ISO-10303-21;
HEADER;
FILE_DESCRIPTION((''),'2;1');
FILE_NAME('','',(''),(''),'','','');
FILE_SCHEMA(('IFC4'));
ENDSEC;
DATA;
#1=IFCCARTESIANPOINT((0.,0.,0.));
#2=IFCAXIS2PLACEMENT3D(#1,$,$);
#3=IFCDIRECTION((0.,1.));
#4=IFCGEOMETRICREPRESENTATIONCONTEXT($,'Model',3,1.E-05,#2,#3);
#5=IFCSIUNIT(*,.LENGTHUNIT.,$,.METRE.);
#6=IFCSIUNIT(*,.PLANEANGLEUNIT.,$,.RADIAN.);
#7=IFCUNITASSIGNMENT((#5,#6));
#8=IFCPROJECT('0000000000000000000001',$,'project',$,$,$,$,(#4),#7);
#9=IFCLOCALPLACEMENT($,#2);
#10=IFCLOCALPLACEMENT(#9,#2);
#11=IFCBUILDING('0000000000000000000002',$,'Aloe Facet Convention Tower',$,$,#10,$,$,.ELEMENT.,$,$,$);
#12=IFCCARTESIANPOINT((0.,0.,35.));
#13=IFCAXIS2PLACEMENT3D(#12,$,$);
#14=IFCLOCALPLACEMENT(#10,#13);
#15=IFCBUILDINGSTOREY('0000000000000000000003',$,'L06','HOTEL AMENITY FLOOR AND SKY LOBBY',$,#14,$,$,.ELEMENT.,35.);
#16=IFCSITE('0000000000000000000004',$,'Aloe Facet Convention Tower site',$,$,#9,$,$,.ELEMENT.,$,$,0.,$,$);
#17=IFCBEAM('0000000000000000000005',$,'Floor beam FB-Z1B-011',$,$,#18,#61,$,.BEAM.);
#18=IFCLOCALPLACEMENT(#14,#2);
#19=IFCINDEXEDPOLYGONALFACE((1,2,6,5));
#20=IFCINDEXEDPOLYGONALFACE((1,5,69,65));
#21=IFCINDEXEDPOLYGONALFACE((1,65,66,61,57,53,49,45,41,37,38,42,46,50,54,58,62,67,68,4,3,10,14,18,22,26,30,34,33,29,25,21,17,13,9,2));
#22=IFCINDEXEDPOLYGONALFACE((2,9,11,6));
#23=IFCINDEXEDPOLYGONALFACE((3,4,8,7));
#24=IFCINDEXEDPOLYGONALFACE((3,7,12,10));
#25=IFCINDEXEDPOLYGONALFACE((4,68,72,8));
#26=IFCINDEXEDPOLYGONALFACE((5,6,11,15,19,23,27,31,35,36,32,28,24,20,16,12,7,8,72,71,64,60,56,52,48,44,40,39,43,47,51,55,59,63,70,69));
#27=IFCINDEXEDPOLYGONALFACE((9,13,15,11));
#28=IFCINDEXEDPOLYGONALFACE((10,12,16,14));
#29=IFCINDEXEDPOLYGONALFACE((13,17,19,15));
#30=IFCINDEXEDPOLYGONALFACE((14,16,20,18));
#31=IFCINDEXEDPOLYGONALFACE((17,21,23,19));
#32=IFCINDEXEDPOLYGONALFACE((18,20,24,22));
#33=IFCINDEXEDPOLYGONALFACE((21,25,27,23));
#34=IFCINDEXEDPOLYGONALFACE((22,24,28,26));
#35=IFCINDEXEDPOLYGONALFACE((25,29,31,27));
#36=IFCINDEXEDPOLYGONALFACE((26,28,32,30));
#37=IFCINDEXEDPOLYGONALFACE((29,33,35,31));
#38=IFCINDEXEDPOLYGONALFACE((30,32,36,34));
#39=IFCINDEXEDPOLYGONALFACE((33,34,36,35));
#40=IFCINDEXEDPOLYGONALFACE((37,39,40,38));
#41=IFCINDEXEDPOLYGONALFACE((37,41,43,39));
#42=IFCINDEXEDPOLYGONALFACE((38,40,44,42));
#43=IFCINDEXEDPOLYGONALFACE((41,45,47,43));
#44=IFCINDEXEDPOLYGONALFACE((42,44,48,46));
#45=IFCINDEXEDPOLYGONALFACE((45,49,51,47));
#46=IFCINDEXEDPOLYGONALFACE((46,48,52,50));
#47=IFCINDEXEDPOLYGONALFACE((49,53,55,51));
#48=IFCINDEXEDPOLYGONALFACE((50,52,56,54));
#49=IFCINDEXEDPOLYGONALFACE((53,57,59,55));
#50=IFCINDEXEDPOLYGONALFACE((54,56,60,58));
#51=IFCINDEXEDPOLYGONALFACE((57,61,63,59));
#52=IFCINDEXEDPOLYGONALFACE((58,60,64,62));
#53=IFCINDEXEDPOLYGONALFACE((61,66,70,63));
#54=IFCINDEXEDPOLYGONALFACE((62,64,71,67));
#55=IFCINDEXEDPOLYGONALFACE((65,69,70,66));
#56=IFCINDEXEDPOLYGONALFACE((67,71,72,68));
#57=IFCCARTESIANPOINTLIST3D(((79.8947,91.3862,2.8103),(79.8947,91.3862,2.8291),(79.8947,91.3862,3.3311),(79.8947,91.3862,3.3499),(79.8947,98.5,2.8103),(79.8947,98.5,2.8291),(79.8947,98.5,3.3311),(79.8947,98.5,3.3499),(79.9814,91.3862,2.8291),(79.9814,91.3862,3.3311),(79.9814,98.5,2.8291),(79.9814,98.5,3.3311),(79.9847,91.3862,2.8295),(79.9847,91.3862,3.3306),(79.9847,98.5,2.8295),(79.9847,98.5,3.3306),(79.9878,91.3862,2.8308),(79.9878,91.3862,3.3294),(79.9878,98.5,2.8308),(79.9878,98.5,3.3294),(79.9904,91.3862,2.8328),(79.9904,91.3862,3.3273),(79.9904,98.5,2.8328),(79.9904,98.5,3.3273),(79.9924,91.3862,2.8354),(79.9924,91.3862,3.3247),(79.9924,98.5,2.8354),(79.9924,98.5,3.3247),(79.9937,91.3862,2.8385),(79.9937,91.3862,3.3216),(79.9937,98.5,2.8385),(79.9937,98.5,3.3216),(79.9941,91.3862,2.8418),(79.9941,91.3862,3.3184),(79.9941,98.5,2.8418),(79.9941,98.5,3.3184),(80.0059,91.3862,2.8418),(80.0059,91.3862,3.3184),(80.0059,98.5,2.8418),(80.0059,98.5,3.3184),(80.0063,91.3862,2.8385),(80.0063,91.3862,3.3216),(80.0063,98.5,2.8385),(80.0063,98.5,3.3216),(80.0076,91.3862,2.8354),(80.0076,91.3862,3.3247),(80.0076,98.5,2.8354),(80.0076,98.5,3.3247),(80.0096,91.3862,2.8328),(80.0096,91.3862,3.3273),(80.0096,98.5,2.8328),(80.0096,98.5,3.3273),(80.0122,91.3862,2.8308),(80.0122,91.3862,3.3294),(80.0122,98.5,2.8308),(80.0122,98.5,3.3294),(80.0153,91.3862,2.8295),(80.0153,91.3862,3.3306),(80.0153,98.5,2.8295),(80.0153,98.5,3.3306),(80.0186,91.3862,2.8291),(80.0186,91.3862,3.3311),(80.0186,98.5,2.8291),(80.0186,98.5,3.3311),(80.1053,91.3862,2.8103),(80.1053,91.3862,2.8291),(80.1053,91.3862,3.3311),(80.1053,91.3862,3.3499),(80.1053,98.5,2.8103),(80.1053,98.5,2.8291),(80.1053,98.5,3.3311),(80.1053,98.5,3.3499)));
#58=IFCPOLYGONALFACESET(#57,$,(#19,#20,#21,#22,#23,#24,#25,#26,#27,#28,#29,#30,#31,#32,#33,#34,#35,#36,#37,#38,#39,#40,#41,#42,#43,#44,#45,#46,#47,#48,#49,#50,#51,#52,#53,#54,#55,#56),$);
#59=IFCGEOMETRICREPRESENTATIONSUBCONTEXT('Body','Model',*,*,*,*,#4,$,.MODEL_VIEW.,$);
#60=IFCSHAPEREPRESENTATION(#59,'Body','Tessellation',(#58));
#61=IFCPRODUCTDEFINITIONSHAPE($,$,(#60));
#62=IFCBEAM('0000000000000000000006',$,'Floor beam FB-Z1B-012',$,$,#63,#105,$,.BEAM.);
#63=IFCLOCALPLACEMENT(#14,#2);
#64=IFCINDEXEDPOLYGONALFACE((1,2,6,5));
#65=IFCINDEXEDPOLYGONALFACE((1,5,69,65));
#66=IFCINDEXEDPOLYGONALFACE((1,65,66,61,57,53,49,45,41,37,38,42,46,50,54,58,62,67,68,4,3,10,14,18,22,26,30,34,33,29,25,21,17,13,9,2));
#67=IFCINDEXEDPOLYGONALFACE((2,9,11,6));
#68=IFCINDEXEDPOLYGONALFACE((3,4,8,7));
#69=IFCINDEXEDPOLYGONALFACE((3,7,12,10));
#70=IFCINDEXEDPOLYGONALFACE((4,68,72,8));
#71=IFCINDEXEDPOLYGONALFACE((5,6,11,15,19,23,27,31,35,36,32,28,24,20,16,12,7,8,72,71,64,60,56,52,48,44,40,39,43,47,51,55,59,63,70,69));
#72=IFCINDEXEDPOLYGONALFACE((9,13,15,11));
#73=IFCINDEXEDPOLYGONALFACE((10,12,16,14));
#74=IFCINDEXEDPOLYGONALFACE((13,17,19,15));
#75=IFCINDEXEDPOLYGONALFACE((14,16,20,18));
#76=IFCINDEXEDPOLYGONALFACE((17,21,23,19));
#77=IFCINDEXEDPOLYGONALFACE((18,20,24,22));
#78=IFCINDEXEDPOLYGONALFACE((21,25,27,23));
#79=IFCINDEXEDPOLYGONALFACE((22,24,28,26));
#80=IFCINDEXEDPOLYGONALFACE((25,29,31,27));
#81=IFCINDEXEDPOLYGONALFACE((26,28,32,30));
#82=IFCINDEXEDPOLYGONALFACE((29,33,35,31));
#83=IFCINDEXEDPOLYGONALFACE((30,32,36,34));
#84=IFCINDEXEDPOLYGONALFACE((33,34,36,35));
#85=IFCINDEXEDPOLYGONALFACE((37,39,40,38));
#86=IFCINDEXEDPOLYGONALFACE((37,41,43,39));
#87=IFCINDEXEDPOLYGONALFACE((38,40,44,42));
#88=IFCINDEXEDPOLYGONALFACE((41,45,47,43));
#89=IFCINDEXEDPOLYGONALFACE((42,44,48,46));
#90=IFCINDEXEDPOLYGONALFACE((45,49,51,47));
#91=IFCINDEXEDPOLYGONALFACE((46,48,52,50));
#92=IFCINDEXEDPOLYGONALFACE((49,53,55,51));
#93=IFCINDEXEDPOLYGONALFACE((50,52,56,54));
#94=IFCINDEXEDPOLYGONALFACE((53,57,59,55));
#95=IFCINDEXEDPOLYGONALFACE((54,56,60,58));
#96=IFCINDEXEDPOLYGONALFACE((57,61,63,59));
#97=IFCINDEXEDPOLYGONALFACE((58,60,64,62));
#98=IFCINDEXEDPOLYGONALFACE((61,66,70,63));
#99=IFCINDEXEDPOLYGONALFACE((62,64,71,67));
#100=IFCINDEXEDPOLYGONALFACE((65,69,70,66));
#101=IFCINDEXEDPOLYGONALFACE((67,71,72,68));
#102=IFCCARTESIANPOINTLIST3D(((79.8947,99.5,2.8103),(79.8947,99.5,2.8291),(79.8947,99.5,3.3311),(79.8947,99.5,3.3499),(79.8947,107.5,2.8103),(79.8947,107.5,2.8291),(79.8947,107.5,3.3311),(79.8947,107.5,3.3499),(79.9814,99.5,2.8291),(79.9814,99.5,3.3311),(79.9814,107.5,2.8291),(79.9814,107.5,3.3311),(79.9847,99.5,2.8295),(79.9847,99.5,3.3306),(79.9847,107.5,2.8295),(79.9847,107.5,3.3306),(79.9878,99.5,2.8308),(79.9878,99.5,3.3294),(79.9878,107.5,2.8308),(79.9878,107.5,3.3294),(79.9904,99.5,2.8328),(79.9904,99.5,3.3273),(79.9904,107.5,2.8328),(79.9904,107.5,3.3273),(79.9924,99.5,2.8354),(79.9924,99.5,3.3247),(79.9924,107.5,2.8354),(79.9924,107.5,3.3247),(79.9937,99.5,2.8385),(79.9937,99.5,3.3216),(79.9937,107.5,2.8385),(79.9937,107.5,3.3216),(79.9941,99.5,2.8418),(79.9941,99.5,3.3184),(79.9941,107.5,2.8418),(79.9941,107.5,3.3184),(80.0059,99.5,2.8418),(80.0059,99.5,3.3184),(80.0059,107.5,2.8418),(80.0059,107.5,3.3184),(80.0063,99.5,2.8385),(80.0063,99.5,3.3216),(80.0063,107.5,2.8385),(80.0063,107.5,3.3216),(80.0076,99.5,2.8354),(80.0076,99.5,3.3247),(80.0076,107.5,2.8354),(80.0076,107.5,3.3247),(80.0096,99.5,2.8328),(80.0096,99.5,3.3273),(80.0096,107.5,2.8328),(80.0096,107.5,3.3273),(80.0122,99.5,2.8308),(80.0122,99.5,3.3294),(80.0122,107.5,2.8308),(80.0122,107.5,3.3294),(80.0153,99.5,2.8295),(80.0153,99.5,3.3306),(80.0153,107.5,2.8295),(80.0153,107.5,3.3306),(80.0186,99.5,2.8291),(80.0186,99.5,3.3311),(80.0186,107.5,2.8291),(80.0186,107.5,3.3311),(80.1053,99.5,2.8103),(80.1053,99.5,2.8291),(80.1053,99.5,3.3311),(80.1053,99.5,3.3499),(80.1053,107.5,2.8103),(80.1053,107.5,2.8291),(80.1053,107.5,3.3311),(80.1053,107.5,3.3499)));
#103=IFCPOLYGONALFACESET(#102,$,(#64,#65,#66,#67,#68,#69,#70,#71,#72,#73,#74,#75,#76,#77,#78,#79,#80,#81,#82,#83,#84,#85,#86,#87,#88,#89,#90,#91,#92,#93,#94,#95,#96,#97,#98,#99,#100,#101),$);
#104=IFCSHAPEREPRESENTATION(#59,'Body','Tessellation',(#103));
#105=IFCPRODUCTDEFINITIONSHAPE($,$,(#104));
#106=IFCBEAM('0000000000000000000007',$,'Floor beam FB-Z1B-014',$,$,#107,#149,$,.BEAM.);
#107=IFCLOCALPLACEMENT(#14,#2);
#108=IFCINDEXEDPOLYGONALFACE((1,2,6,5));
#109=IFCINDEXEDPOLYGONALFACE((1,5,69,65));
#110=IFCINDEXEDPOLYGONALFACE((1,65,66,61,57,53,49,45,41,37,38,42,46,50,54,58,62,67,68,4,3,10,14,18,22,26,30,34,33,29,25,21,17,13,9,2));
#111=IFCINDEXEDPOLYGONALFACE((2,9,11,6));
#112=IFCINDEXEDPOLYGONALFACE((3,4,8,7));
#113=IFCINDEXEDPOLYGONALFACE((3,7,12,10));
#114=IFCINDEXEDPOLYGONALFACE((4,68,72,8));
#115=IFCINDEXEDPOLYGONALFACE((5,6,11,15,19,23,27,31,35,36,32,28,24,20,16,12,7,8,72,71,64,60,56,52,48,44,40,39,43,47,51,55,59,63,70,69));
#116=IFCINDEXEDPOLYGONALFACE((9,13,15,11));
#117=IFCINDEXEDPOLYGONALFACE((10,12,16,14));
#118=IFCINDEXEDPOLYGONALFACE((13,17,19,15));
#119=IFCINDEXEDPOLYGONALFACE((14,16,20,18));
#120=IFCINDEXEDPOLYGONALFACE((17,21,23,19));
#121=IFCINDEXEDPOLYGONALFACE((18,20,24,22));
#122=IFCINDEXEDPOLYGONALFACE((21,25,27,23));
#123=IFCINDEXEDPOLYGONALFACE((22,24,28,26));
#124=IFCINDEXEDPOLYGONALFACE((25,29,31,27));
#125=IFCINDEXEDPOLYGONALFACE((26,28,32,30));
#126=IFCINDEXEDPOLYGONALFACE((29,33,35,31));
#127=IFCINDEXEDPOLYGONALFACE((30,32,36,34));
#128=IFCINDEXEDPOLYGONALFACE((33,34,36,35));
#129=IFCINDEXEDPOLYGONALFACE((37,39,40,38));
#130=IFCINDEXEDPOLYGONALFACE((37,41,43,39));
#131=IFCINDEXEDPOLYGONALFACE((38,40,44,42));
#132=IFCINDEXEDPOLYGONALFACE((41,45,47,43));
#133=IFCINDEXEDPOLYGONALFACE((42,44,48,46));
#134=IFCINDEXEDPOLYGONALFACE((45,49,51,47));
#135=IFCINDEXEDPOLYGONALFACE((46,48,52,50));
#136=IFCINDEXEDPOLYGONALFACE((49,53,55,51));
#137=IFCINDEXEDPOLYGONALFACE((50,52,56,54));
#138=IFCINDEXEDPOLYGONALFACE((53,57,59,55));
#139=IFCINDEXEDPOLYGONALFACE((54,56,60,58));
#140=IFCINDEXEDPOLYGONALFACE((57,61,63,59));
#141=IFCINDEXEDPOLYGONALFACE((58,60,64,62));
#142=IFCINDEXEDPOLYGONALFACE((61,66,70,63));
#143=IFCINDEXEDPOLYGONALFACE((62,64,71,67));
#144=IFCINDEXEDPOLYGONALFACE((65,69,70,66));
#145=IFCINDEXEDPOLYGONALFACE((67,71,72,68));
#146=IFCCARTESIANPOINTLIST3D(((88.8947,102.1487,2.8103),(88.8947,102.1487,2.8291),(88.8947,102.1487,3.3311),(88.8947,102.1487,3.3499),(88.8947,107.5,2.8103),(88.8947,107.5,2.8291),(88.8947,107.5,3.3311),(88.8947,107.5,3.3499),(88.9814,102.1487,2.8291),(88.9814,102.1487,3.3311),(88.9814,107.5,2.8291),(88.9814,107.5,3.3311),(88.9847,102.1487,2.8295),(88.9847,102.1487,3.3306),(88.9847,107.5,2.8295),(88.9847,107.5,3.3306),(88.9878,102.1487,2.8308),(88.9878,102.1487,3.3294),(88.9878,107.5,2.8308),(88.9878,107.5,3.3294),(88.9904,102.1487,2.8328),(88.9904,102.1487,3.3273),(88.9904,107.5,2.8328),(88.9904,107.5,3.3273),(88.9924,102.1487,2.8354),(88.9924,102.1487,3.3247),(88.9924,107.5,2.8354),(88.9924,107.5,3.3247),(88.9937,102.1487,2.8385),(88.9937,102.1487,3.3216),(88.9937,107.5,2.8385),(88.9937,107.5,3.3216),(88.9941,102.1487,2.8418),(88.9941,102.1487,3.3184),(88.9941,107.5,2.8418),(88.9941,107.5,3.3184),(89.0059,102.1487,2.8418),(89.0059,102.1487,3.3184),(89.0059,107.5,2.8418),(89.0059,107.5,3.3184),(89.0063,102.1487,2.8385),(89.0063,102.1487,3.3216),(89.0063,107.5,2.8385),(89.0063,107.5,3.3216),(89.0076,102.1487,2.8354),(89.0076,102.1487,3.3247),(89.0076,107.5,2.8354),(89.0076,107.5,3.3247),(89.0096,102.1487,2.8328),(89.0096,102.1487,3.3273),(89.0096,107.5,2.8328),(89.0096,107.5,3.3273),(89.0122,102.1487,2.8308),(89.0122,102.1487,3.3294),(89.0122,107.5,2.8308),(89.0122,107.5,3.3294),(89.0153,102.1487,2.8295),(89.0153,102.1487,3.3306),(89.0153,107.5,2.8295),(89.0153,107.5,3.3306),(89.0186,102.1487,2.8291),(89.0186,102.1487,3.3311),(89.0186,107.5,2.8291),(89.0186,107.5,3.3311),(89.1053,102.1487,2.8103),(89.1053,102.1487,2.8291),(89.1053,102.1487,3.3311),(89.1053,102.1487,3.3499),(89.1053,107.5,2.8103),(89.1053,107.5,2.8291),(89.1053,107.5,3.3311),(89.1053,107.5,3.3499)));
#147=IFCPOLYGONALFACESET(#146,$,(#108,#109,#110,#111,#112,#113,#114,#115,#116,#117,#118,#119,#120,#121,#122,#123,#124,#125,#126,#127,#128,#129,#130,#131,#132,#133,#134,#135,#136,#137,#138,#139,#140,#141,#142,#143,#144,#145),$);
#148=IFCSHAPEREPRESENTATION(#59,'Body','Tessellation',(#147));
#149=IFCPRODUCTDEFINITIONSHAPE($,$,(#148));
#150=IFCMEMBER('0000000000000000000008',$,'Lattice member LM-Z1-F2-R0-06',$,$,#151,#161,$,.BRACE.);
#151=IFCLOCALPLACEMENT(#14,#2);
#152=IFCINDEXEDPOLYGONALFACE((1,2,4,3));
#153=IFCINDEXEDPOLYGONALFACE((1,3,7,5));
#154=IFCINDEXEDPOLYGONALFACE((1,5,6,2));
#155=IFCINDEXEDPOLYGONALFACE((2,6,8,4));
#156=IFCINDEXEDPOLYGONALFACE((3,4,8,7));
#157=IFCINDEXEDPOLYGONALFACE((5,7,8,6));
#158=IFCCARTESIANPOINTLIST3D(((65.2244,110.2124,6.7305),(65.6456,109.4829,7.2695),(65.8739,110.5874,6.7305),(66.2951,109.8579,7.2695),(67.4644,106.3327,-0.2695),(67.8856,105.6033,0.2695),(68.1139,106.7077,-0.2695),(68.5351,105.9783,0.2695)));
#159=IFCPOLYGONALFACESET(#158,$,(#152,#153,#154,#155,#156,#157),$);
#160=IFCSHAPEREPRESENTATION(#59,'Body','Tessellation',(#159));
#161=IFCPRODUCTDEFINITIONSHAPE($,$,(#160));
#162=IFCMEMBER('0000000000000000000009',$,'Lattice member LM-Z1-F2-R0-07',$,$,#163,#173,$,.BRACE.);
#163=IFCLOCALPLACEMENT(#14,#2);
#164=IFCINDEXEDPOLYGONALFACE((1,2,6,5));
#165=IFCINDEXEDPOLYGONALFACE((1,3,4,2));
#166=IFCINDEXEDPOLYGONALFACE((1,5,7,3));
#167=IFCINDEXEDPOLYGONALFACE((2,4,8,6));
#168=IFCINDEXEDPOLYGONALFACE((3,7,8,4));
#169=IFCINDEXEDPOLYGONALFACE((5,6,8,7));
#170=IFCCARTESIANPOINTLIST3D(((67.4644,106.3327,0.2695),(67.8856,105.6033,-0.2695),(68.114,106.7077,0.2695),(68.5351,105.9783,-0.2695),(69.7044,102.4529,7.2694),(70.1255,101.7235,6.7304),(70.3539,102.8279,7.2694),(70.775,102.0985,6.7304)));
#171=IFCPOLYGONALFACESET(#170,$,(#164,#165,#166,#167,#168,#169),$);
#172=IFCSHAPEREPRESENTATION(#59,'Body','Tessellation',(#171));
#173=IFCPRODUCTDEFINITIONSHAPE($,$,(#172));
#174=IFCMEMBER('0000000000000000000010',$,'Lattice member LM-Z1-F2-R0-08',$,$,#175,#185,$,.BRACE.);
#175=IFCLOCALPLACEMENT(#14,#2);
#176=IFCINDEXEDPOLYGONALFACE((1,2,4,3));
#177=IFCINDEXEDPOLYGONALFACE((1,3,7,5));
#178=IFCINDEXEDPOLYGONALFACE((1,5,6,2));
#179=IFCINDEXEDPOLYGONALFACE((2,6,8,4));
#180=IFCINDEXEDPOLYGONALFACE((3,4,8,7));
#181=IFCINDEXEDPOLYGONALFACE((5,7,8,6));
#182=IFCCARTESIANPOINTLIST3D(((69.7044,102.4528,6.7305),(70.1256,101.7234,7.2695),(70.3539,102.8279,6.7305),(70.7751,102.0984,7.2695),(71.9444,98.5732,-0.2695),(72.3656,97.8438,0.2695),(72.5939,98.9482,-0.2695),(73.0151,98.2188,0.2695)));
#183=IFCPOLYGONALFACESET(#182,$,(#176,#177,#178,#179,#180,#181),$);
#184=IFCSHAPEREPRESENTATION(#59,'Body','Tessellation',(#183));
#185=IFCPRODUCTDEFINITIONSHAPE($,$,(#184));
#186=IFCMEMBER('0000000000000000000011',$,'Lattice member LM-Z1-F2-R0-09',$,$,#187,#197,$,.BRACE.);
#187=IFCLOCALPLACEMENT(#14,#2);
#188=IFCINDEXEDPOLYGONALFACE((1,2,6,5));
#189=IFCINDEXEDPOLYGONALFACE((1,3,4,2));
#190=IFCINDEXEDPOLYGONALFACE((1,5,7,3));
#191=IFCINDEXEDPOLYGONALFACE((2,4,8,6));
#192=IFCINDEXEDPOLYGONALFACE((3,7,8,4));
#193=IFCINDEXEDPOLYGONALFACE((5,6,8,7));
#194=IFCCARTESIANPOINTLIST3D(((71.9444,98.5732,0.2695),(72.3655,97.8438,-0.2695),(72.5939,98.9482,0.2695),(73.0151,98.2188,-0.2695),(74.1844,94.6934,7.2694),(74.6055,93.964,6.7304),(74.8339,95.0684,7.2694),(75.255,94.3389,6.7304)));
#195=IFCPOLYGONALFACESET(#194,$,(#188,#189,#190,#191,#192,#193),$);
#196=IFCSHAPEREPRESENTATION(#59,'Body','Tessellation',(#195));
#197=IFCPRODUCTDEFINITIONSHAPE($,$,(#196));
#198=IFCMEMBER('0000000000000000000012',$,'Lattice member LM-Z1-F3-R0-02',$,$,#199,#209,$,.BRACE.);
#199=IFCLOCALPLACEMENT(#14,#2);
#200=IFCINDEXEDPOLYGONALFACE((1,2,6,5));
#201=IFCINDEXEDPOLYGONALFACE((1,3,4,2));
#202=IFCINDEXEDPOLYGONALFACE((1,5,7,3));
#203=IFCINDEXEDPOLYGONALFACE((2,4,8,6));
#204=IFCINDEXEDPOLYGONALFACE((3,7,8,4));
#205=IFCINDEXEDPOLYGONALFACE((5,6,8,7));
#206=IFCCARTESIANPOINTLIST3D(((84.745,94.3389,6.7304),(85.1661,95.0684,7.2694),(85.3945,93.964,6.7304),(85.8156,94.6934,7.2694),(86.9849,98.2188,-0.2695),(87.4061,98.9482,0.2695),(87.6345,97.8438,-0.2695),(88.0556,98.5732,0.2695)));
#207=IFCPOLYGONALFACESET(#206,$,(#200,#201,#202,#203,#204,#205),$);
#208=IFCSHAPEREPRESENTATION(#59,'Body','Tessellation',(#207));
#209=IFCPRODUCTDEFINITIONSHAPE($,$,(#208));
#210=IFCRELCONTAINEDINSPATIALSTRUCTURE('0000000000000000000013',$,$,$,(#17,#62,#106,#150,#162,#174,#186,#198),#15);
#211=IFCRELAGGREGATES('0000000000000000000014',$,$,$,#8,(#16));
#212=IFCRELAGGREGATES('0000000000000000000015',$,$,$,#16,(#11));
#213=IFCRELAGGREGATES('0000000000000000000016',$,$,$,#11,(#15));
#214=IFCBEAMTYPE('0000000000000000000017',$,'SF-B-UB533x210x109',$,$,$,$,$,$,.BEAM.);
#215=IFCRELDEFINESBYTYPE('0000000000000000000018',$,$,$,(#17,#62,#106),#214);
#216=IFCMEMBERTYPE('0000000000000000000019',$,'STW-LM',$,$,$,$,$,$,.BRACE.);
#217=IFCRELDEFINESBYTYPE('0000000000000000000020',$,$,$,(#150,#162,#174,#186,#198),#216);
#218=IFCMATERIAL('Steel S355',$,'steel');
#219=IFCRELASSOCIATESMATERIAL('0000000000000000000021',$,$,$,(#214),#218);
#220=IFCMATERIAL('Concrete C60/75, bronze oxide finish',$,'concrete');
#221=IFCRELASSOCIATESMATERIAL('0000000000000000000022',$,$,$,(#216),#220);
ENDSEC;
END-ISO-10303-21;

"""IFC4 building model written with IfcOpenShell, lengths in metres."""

from ifc_helpers import new_model, si_unit, direction, frame, origin, origin_2d, place, context, subcontext, project, spatial, rectangle, i_section, extrude, material, material_profile, profile_set, type_object, element, save


model = new_model("IFC4")

# Units and contexts
model_context = context("Model", 3, precision=1e-05, world=origin(), true_north=direction((0.0, 1.0)))
body_context = subcontext(model_context, "Body", "Model", "MODEL_VIEW")
ifc_project = project(units=[si_unit("LENGTHUNIT", "METRE"), si_unit("PLANEANGLEUNIT", "RADIAN")], contexts=[model_context])

# Site, building, storey
site_placement = place(None, origin())
site = spatial("IfcSite", under=ifc_project, at=site_placement, Name="Aloe Facet Convention Tower site", CompositionType="ELEMENT", RefElevation=0.0)
building_placement = place(site_placement, origin())
building = spatial("IfcBuilding", under=site, at=building_placement, Name="Aloe Facet Convention Tower", CompositionType="ELEMENT")
storey_placement = place(building_placement, frame((0.0, 0.0, 35.0)))
storey = spatial("IfcBuildingStorey", under=building, at=storey_placement, Name="L06", Description="HOTEL AMENITY FLOOR AND SKY LOBBY", CompositionType="ELEMENT", Elevation=35.0)

# Beams
ifc_material_1 = material(Name="Steel S355", Category="steel")
ifc_material_profile_1 = material_profile(ifc_material_1, i_section(OverallWidth=0.2107, OverallDepth=0.5396, WebThickness=0.0117, FlangeThickness=0.0188, FilletRadius=0.0127, at=origin_2d()), Name="UB 533x210x109")
ifc_profile_set_1 = profile_set([ifc_material_profile_1], Name="Steel S355")
beam_type_1 = type_object("IfcBeamType", Name="SF-B-UB533x210x109", PredefinedType="BEAM", material=ifc_profile_set_1)
beam_1_placement = place(storey_placement, frame((80.0, 98.5, 3.0801), z_axis=(0.0, -1.0, 0.0), x_axis=(1.0, 0.0, 0.0)))
element("IfcBeam", 1, at=beam_1_placement, inside=storey, type_object=beam_type_1, Name="Floor beam FB-Z1B-011", PredefinedType="BEAM", context=body_context, shape_type="SweptSolid", body=[
    extrude(i_section(OverallWidth=0.2107, OverallDepth=0.5396, WebThickness=0.0117, FlangeThickness=0.0188, FilletRadius=0.0127, at=origin_2d()), origin(), (0.0, 0.0, 1.0), 7.1138),
])
beam_2_placement = place(storey_placement, frame((80.0, 107.5, 3.0801), z_axis=(0.0, -1.0, 0.0), x_axis=(1.0, 0.0, 0.0)))
element("IfcBeam", 2, at=beam_2_placement, inside=storey, type_object=beam_type_1, Name="Floor beam FB-Z1B-012", PredefinedType="BEAM", context=body_context, shape_type="SweptSolid", body=[
    extrude(i_section(OverallWidth=0.2107, OverallDepth=0.5396, WebThickness=0.0117, FlangeThickness=0.0188, FilletRadius=0.0127, at=origin_2d()), origin(), (0.0, 0.0, 1.0), 8.0),
])
beam_3_placement = place(storey_placement, frame((89.0, 107.5, 3.0801), z_axis=(0.0, -1.0, 0.0), x_axis=(1.0, 0.0, 0.0)))
element("IfcBeam", 3, at=beam_3_placement, inside=storey, type_object=beam_type_1, Name="Floor beam FB-Z1B-014", PredefinedType="BEAM", context=body_context, shape_type="SweptSolid", body=[
    extrude(i_section(OverallWidth=0.2107, OverallDepth=0.5396, WebThickness=0.0117, FlangeThickness=0.0188, FilletRadius=0.0127, at=origin_2d()), origin(), (0.0, 0.0, 1.0), 5.3513),
])

# Members
ifc_material_2 = material(Name="Concrete C60/75, bronze oxide finish", Category="concrete")
ifc_material_profile_2 = material_profile(ifc_material_2, rectangle(XDim=0.75, YDim=1.0, at=origin_2d()), Name="STW-LM")
ifc_profile_set_2 = profile_set([ifc_material_profile_2], Name="Concrete C60/75, bronze oxide finish")
member_type = type_object("IfcMemberType", Name="STW-LM", PredefinedType="BRACE", material=ifc_profile_set_2)
for number, where, z_axis, x_axis, name in (
    (4, (67.9998, 106.1555, 0.0), (-0.269528, 0.46682, 0.842279), (-0.866018, -0.500013, 0.0), "Lattice member LM-Z1-F2-R0-06"),
    (5, (67.9998, 106.1555, 0.0), (0.269524, -0.466843, 0.842267), (0.866031, 0.49999, 0.0), "Lattice member LM-Z1-F2-R0-07"),
    (6, (72.4797, 98.396, 0.0), (-0.269528, 0.46682, 0.842279), (-0.866018, -0.500013, 0.0), "Lattice member LM-Z1-F2-R0-08"),
    (7, (72.4797, 98.396, 0.0), (0.269524, -0.466843, 0.842267), (0.866031, 0.49999, 0.0), "Lattice member LM-Z1-F2-R0-09"),
    (8, (87.5203, 98.396, 0.0), (-0.269524, -0.466843, 0.842267), (0.866031, -0.49999, 0.0), "Lattice member LM-Z1-F3-R0-02"),
):
    element("IfcMember", number, at=place(storey_placement, frame(where, z_axis=z_axis, x_axis=x_axis)), inside=storey, type_object=member_type, Name=name, PredefinedType="BRACE", context=body_context, shape_type="SweptSolid", body=[
        extrude(rectangle(XDim=0.75, YDim=1.0, at=origin_2d()), origin(), (0.0, 0.0, 1.0), 8.3108),
    ])

save(model, "model.ifc")
